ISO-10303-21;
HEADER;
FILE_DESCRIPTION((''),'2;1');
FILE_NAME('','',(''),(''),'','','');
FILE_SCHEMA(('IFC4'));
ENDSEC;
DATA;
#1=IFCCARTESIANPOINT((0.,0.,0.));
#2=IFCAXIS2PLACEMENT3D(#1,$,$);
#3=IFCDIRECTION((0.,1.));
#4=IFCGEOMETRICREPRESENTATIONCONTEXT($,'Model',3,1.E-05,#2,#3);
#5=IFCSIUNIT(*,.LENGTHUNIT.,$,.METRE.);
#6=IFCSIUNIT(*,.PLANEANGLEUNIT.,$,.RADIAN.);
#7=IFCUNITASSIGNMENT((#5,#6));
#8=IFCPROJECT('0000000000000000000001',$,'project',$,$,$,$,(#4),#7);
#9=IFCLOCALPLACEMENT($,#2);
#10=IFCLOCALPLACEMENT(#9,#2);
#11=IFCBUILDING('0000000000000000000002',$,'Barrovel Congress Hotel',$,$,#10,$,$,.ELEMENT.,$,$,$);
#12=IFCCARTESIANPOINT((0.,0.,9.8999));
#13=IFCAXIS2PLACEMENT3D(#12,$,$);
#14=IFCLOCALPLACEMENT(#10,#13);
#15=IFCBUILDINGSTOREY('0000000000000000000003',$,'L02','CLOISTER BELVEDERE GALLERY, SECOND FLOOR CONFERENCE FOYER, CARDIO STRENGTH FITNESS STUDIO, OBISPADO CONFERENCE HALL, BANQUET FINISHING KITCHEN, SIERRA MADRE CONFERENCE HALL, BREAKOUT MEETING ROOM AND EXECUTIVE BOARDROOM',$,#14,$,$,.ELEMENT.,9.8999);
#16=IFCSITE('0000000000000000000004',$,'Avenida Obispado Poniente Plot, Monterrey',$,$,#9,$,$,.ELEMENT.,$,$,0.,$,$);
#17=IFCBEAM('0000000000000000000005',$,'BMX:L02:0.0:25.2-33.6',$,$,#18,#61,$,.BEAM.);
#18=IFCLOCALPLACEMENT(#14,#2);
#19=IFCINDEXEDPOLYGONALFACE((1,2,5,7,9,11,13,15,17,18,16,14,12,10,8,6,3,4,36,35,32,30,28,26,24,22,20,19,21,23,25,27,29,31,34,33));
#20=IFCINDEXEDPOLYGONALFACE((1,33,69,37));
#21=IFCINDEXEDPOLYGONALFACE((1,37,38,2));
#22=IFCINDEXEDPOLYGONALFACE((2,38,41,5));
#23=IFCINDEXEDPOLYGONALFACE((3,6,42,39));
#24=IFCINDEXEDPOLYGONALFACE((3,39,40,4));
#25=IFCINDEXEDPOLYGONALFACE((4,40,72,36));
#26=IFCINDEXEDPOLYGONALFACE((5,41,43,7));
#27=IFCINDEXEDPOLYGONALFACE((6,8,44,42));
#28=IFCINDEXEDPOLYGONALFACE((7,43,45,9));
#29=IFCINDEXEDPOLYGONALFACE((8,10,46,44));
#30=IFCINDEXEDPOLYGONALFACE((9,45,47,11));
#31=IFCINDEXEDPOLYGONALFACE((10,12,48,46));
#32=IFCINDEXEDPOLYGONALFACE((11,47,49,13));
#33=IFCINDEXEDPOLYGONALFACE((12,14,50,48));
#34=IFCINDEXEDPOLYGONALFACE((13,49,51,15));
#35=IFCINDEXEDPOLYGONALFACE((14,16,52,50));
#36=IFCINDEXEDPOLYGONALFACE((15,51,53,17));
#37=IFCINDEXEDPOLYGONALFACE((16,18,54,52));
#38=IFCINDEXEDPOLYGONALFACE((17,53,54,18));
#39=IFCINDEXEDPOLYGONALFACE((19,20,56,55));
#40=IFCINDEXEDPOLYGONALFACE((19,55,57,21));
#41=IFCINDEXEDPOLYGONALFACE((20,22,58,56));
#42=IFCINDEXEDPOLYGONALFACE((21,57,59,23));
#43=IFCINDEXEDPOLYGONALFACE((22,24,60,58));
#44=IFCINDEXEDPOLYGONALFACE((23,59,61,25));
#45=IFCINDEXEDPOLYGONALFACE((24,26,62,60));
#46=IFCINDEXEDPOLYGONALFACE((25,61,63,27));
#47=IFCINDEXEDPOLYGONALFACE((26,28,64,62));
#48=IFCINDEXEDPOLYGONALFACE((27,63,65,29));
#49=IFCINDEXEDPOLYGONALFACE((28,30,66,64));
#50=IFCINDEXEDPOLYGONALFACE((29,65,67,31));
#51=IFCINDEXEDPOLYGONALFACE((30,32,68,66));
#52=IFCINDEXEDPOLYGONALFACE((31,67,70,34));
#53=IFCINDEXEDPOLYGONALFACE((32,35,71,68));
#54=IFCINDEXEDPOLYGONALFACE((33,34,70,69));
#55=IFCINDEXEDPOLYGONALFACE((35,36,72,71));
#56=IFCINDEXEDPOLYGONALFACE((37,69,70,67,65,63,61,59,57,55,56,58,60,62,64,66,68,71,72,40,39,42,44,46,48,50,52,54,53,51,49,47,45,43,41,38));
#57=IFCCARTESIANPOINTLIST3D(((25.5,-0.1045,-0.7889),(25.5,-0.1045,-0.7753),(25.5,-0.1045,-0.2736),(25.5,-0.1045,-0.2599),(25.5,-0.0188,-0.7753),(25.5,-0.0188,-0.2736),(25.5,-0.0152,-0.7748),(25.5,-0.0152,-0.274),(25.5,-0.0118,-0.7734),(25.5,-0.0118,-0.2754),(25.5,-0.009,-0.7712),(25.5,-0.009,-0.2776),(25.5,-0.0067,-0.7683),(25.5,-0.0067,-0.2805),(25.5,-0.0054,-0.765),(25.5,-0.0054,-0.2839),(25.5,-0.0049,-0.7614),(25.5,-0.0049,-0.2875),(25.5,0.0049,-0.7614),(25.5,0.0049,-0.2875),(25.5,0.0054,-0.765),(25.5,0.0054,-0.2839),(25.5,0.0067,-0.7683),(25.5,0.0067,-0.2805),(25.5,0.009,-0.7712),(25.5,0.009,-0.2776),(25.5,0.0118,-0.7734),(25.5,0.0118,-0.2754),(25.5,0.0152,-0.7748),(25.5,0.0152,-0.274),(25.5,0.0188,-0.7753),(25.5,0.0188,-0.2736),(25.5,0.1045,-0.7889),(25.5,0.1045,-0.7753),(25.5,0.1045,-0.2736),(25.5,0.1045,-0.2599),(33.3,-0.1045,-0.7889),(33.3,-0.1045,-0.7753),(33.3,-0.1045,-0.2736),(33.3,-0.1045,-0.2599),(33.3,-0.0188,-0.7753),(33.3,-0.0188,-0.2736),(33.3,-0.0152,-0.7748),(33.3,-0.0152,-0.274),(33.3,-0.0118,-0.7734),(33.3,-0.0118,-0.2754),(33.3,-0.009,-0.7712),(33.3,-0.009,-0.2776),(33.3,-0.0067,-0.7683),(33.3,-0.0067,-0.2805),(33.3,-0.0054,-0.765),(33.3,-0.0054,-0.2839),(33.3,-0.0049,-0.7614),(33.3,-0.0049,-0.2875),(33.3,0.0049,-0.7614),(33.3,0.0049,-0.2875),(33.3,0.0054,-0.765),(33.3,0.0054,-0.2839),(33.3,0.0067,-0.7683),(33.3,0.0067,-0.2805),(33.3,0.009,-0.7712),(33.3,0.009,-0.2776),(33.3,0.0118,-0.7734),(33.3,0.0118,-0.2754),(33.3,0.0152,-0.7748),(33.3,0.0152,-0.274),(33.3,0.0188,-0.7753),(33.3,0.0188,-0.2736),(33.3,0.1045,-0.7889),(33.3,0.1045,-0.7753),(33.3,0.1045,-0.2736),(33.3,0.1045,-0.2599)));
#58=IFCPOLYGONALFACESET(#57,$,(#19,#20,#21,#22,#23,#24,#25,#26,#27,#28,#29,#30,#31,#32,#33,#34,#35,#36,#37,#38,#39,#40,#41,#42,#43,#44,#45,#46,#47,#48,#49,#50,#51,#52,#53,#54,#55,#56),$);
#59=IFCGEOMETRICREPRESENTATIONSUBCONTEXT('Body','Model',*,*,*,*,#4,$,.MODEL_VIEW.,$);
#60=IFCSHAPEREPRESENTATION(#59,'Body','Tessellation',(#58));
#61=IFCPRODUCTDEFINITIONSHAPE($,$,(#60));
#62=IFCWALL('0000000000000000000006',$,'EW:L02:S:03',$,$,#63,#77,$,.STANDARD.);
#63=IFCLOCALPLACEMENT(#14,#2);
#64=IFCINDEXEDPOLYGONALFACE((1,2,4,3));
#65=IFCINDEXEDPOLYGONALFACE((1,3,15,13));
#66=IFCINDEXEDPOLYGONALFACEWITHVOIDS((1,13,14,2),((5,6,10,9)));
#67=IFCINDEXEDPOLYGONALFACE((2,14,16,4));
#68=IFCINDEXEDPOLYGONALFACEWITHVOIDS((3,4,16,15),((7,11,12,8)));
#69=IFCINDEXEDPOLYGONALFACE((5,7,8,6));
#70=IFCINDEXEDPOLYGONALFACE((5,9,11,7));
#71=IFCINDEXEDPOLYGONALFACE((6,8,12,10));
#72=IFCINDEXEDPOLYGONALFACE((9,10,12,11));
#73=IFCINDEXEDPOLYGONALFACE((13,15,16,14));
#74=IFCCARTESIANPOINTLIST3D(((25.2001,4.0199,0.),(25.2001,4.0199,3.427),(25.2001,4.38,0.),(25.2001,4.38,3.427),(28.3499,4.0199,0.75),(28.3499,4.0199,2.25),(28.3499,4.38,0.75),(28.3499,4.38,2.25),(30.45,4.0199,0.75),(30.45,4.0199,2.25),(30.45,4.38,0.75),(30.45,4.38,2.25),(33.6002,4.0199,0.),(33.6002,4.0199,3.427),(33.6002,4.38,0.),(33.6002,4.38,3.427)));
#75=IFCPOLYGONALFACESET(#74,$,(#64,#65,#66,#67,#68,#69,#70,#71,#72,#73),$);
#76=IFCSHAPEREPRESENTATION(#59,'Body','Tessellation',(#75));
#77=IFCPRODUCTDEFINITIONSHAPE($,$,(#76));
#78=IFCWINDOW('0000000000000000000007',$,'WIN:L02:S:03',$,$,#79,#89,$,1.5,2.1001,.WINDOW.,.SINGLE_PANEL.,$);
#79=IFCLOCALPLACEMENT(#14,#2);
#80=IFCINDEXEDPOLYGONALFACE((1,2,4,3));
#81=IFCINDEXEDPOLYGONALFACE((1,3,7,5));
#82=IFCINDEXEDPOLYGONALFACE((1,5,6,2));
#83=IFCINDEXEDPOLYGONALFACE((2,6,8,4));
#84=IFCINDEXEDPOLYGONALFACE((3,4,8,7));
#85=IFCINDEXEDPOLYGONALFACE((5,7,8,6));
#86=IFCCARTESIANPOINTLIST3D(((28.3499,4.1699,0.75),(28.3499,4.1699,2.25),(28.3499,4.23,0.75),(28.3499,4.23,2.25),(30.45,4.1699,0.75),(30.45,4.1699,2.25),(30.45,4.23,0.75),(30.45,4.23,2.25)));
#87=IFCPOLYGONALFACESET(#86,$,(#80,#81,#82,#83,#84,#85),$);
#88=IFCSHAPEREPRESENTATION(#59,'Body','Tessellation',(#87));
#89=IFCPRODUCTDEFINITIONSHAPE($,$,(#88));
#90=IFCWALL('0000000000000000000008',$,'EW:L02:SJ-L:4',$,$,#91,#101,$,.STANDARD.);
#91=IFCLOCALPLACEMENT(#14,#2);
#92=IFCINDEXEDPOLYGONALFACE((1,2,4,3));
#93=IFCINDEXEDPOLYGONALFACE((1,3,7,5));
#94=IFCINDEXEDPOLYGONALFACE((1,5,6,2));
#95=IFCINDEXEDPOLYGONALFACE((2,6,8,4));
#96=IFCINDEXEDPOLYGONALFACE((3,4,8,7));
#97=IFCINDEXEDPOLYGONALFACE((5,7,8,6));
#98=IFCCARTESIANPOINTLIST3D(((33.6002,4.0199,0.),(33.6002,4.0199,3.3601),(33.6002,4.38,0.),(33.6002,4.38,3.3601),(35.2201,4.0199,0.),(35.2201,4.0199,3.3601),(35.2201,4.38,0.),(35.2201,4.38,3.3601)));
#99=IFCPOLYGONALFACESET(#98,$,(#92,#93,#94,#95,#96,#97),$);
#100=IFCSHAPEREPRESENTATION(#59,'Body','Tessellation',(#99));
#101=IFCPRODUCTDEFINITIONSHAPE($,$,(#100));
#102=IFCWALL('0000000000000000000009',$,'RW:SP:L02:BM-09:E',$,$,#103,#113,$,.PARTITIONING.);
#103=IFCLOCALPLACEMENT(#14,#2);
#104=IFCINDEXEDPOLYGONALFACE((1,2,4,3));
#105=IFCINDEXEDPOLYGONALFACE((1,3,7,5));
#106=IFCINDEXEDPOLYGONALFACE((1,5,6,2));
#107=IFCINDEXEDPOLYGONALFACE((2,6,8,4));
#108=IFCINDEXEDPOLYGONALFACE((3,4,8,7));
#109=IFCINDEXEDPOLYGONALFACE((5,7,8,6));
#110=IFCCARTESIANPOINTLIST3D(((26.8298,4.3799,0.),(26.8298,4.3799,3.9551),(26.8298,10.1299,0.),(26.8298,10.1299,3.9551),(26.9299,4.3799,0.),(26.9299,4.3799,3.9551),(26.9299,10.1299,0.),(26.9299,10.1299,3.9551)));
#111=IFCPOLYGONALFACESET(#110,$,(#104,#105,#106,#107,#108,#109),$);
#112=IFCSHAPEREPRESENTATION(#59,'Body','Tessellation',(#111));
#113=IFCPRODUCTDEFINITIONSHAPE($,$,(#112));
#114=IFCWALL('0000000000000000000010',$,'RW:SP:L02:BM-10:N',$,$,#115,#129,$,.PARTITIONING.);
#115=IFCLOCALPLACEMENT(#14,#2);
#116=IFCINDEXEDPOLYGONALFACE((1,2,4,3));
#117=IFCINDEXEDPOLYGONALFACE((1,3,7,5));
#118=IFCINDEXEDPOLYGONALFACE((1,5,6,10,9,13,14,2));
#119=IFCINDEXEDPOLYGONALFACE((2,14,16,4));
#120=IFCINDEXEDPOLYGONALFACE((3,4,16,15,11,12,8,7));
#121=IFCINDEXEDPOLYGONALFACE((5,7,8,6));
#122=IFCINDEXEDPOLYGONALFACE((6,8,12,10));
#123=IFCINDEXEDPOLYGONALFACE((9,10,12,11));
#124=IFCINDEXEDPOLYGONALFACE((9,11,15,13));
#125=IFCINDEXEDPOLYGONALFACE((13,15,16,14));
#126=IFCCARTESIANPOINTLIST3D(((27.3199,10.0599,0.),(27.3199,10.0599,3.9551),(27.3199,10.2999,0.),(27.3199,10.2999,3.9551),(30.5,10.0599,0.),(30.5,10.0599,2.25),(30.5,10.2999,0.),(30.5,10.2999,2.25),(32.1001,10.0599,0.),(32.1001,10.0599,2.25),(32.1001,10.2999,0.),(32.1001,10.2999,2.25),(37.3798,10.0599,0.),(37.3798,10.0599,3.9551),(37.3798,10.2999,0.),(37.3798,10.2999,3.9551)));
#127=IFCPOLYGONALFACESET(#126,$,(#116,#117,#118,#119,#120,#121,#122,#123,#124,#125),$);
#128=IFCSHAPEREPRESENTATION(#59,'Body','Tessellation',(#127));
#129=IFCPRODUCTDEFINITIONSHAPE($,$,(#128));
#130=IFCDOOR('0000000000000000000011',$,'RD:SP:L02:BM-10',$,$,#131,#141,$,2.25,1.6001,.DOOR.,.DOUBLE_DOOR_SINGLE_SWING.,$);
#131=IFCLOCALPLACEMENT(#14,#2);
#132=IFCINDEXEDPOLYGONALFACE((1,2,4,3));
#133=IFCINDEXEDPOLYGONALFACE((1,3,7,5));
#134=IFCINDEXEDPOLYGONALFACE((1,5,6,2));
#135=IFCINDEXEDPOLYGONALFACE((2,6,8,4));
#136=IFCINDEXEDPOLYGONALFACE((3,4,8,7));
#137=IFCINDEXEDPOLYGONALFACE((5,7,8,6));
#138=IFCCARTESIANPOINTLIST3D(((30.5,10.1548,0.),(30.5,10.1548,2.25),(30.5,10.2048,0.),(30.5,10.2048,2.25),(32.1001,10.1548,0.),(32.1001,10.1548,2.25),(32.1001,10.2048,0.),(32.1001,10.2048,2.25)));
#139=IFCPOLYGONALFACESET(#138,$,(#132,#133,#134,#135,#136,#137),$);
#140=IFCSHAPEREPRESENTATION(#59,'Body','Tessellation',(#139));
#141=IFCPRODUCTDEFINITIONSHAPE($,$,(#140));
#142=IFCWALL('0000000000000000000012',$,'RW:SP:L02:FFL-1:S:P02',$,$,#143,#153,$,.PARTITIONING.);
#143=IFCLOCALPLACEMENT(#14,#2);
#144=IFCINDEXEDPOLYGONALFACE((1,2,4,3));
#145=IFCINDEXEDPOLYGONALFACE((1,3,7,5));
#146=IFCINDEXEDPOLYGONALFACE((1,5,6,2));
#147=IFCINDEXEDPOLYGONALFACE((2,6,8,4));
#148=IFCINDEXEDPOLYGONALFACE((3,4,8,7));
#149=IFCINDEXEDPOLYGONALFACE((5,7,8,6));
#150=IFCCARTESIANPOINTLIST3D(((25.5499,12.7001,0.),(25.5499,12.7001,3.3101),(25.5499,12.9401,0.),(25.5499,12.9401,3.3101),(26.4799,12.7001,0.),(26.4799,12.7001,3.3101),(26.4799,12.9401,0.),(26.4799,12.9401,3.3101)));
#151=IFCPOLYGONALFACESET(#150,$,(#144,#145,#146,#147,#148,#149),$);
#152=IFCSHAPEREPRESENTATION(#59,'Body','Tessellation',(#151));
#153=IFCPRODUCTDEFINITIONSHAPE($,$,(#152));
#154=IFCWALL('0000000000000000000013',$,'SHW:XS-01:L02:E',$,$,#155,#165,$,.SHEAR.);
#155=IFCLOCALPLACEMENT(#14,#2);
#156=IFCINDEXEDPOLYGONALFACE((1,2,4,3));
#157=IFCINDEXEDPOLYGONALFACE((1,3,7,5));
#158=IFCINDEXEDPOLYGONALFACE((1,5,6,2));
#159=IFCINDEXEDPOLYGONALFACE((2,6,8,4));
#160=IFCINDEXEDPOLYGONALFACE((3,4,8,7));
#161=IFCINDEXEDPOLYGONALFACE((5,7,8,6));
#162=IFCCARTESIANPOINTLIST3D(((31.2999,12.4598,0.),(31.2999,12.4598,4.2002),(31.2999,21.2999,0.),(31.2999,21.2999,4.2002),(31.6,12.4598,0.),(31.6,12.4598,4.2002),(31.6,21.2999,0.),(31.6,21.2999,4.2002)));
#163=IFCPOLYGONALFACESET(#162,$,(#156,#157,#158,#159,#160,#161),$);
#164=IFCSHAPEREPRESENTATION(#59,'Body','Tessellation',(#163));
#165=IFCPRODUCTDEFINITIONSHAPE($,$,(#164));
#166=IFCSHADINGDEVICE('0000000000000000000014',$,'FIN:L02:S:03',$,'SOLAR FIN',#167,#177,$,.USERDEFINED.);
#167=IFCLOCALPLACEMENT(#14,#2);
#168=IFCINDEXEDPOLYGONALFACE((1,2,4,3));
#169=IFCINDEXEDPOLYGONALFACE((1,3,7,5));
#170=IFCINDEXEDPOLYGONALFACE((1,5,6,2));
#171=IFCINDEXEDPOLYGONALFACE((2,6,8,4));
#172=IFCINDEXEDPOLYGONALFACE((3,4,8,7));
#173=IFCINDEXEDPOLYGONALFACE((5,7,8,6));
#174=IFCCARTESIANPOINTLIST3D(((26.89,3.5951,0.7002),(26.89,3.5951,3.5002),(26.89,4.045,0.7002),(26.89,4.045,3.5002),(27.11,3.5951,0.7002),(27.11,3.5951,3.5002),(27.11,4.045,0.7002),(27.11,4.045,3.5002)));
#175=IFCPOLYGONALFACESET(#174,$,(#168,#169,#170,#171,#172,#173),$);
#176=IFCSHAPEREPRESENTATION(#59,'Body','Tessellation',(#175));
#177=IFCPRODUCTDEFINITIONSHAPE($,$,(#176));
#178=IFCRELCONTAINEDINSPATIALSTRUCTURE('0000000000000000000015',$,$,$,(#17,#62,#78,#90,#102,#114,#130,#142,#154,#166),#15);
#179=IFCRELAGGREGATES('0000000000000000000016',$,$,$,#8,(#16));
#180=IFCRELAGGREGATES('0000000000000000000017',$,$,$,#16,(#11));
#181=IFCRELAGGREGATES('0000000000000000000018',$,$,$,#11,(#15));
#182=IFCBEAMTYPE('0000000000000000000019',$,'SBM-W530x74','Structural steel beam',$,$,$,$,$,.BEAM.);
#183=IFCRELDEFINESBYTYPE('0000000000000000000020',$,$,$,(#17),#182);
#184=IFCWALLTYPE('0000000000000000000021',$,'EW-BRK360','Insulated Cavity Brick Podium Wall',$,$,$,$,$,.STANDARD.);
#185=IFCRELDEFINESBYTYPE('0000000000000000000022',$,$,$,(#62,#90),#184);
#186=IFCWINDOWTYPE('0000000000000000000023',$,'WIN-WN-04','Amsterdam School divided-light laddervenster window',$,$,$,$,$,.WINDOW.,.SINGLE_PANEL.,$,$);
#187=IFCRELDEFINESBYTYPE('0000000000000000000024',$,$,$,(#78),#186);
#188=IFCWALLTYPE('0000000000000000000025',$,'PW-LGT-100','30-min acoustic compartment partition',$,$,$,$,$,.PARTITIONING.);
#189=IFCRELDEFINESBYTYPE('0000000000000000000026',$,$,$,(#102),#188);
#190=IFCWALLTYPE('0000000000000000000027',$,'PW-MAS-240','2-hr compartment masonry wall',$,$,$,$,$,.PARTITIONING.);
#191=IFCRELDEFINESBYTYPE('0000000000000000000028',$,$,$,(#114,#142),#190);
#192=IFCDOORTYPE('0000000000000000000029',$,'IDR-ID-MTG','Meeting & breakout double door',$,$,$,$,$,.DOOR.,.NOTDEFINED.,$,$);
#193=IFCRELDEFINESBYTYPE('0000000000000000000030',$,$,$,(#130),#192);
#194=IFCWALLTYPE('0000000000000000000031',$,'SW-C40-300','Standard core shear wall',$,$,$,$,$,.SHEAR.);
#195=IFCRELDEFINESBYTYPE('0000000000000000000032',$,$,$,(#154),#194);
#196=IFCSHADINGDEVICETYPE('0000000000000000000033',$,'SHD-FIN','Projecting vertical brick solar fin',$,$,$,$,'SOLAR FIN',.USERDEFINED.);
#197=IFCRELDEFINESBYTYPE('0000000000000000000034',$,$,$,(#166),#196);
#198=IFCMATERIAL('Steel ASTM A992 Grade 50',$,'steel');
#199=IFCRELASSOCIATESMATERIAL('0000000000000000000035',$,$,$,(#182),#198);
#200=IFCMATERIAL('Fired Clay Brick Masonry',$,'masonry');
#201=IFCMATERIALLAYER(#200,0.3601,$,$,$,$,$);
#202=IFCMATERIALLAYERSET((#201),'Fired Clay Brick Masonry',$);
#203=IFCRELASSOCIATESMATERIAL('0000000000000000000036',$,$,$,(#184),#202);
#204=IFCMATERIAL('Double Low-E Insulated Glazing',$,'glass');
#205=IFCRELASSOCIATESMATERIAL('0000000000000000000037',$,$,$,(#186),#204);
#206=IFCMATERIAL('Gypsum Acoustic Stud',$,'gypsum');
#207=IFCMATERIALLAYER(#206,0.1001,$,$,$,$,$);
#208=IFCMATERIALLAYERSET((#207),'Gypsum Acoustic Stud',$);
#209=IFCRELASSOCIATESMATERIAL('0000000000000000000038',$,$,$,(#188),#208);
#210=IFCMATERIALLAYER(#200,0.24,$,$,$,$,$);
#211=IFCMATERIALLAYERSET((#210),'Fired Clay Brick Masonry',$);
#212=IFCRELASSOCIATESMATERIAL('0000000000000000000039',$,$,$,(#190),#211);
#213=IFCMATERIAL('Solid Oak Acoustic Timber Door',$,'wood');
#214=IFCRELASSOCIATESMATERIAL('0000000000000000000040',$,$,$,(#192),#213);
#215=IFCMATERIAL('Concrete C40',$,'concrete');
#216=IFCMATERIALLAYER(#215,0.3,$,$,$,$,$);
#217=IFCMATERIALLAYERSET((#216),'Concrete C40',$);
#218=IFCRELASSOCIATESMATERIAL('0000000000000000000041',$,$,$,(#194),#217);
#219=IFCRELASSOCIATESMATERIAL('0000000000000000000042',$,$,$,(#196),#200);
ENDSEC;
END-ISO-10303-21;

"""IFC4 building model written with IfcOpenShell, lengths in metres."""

from ifc_helpers import new_model, si_unit, direction, frame, frame_2d, origin, origin_2d, place, context, subcontext, project, spatial, rectangle, i_section, extrude, material, layer, layer_set, material_profile, profile_set, type_object, element, fill, save


model = new_model("IFC4")

# Units and contexts
model_context = context("Model", 3, precision=1e-05, world=origin(), true_north=direction((0.0, 1.0)))
body_context = subcontext(model_context, "Body", "Model", "MODEL_VIEW")
ifc_project = project(units=[si_unit("LENGTHUNIT", "METRE"), si_unit("PLANEANGLEUNIT", "RADIAN")], contexts=[model_context])

# Site, building, storey
site_placement = place(None, origin())
site = spatial("IfcSite", under=ifc_project, at=site_placement, Name="Avenida Obispado Poniente Plot, Monterrey", CompositionType="ELEMENT", RefElevation=0.0)
building_placement = place(site_placement, origin())
building = spatial("IfcBuilding", under=site, at=building_placement, Name="Barrovel Congress Hotel", CompositionType="ELEMENT")
storey_placement = place(building_placement, frame((0.0, 0.0, 9.8999)))
storey = spatial("IfcBuildingStorey", under=building, at=storey_placement, Name="L02", Description="CLOISTER BELVEDERE GALLERY, SECOND FLOOR CONFERENCE FOYER, CARDIO STRENGTH FITNESS STUDIO, OBISPADO CONFERENCE HALL, BANQUET FINISHING KITCHEN, SIERRA MADRE CONFERENCE HALL, BREAKOUT MEETING ROOM AND EXECUTIVE BOARDROOM", CompositionType="ELEMENT", Elevation=9.8999)

# Shared definitions
ifc_material_1 = material(Name="Concrete C40", Category="concrete")

# Beam
ifc_material_2 = material(Name="Steel ASTM A992 Grade 50", Category="steel")
ifc_material_profile_1 = material_profile(ifc_material_2, i_section(OverallWidth=0.209, OverallDepth=0.5291, WebThickness=0.0098, FlangeThickness=0.0137, FilletRadius=0.0139, at=origin_2d()), Name="W530x74")
ifc_profile_set_1 = profile_set([ifc_material_profile_1], Name="Steel ASTM A992 Grade 50")
beam_type_1 = type_object("IfcBeamType", Name="SBM-W530x74", Description="Structural steel beam", PredefinedType="BEAM", material=ifc_profile_set_1)
beam_1_placement = place(storey_placement, frame((25.5, 0.0, -0.5244), z_axis=(1.0, 0.0, 0.0), x_axis=(0.0, 1.0, 0.0)))
element("IfcBeam", 1, at=beam_1_placement, inside=storey, type_object=beam_type_1, Name="BMX:L02:0.0:25.2-33.6", PredefinedType="BEAM", context=body_context, shape_type="SweptSolid", body=[
    extrude(i_section(OverallWidth=0.209, OverallDepth=0.5291, WebThickness=0.0098, FlangeThickness=0.0137, FilletRadius=0.0139, at=origin_2d()), origin(), (0.0, 0.0, 1.0), 7.8),
])

# Wall, opening, window
ifc_material_3 = material(Name="Fired Clay Brick Masonry", Category="masonry")
ifc_layer_1 = layer(ifc_material_3, 0.3601)
ifc_layer_set_1 = layer_set([ifc_layer_1], Name="Fired Clay Brick Masonry")
wall_type_1 = type_object("IfcWallType", Name="EW-BRK360", Description="Insulated Cavity Brick Podium Wall", PredefinedType="STANDARD", material=ifc_layer_set_1)
wall_1_placement = place(storey_placement, frame((25.2, 4.2, 0.0), z_axis=(0.0, 0.0, 1.0), x_axis=(1.0, 0.0, 0.0)))
wall_1 = element("IfcWall", 2, at=wall_1_placement, inside=storey, type_object=wall_type_1, Name="EW:L02:S:03", PredefinedType="STANDARD", context=body_context, shape_type="SweptSolid", body=[
    extrude(rectangle(XDim=8.4001, YDim=0.3601, at=frame_2d((4.2002, 0.0))), origin(), (0.0, 0.0, 1.0), 3.427),
])
opening_1_placement = place(wall_1_placement, frame((3.1499, 0.0, 0.75)))
opening_1 = element("IfcOpeningElement", 3, at=opening_1_placement, cuts=wall_1, PredefinedType="OPENING", context=body_context, shape_type="SweptSolid", body=[
    extrude(rectangle(XDim=2.1001, YDim=1.5, at=frame_2d((1.05, 0.75))), frame((0.0, 0.1899, 0.0), z_axis=(0.0, -1.0, 0.0), x_axis=(1.0, 0.0, 0.0)), (0.0, 0.0, 1.0), 0.3801),
])
ifc_material_4 = material(Name="Double Low-E Insulated Glazing", Category="glass")
window_type = type_object("IfcWindowType", Name="WIN-WN-04", Description="Amsterdam School divided-light laddervenster window", PartitioningType="SINGLE_PANEL", PredefinedType="WINDOW", material=ifc_material_4)
window_placement = place(opening_1_placement, origin())
window = element("IfcWindow", 4, at=window_placement, inside=storey, type_object=window_type, Name="WIN:L02:S:03", OverallHeight=1.5, OverallWidth=2.1001, PartitioningType="SINGLE_PANEL", PredefinedType="WINDOW", context=body_context, shape_type="SweptSolid", body=[
    extrude(rectangle(XDim=2.1001, YDim=1.5, at=frame_2d((1.05, 0.75))), frame((0.0, 0.03, 0.0), z_axis=(0.0, -1.0, 0.0), x_axis=(1.0, 0.0, 0.0)), (0.0, 0.0, 1.0), 0.0601),
])
fill(opening_1, window)

# Walls
wall_2_placement = place(storey_placement, frame((33.6001, 4.2, 0.0), z_axis=(0.0, 0.0, 1.0), x_axis=(1.0, 0.0, 0.0)))
element("IfcWall", 5, at=wall_2_placement, inside=storey, type_object=wall_type_1, Name="EW:L02:SJ-L:4", PredefinedType="STANDARD", context=body_context, shape_type="SweptSolid", body=[
    extrude(rectangle(XDim=1.6199, YDim=0.3601, at=frame_2d((0.8101, 0.0))), origin(), (0.0, 0.0, 1.0), 3.3601),
])
ifc_material_5 = material(Name="Gypsum Acoustic Stud", Category="gypsum")
ifc_layer_2 = layer(ifc_material_5, 0.1001)
ifc_layer_set_2 = layer_set([ifc_layer_2], Name="Gypsum Acoustic Stud")
wall_type_2 = type_object("IfcWallType", Name="PW-LGT-100", Description="30-min acoustic compartment partition", PredefinedType="PARTITIONING", material=ifc_layer_set_2)
wall_3_placement = place(storey_placement, frame((26.8799, 4.3799, 0.0), z_axis=(0.0, 0.0, 1.0), x_axis=(0.0, 1.0, 0.0)))
element("IfcWall", 6, at=wall_3_placement, inside=storey, type_object=wall_type_2, Name="RW:SP:L02:BM-09:E", PredefinedType="PARTITIONING", context=body_context, shape_type="SweptSolid", body=[
    extrude(rectangle(XDim=5.75, YDim=0.1001, at=frame_2d((2.875, 0.0))), origin(), (0.0, 0.0, 1.0), 3.9551),
])

# Wall, opening, door
ifc_layer_3 = layer(ifc_material_3, 0.24)
ifc_layer_set_3 = layer_set([ifc_layer_3], Name="Fired Clay Brick Masonry")
wall_type_3 = type_object("IfcWallType", Name="PW-MAS-240", Description="2-hr compartment masonry wall", PredefinedType="PARTITIONING", material=ifc_layer_set_3)
wall_4_placement = place(storey_placement, frame((27.3201, 10.1799, 0.0), z_axis=(0.0, 0.0, 1.0), x_axis=(1.0, 0.0, 0.0)))
wall_4 = element("IfcWall", 7, at=wall_4_placement, inside=storey, type_object=wall_type_3, Name="RW:SP:L02:BM-10:N", PredefinedType="PARTITIONING", context=body_context, shape_type="SweptSolid", body=[
    extrude(rectangle(XDim=10.0598, YDim=0.24, at=frame_2d((5.0298, 0.0))), origin(), (0.0, 0.0, 1.0), 3.9551),
])
opening_2_placement = place(wall_4_placement, frame((3.1799, 0.0, 0.0)))
opening_2 = element("IfcOpeningElement", 8, at=opening_2_placement, cuts=wall_4, PredefinedType="OPENING", context=body_context, shape_type="SweptSolid", body=[
    extrude(rectangle(XDim=1.6001, YDim=2.25, at=frame_2d((0.8, 1.125))), frame((0.0, 0.1299, 0.0), z_axis=(0.0, -1.0, 0.0), x_axis=(1.0, 0.0, 0.0)), (0.0, 0.0, 1.0), 0.26),
])
ifc_material_6 = material(Name="Solid Oak Acoustic Timber Door", Category="wood")
door_type_1 = type_object("IfcDoorType", Name="IDR-ID-MTG", Description="Meeting & breakout double door", OperationType="NOTDEFINED", PredefinedType="DOOR", material=ifc_material_6)
door_1_placement = place(opening_2_placement, origin())
door_1 = element("IfcDoor", 9, at=door_1_placement, inside=storey, type_object=door_type_1, Name="RD:SP:L02:BM-10", OperationType="DOUBLE_DOOR_SINGLE_SWING", OverallHeight=2.25, OverallWidth=1.6001, PredefinedType="DOOR", context=body_context, shape_type="SweptSolid", body=[
    extrude(rectangle(XDim=1.6001, YDim=2.25, at=frame_2d((0.8, 1.125))), frame((0.0, 0.0249, 0.0), z_axis=(0.0, -1.0, 0.0), x_axis=(1.0, 0.0, 0.0)), (0.0, 0.0, 1.0), 0.05),
])
fill(opening_2, door_1)

# Wall
wall_5_placement = place(storey_placement, frame((25.55, 12.8201, 0.0), z_axis=(0.0, 0.0, 1.0), x_axis=(1.0, 0.0, 0.0)))
element("IfcWall", 10, at=wall_5_placement, inside=storey, type_object=wall_type_3, Name="RW:SP:L02:FFL-1:S:P02", PredefinedType="PARTITIONING", context=body_context, shape_type="SweptSolid", body=[
    extrude(rectangle(XDim=0.9299, YDim=0.24, at=frame_2d((0.4648, 0.0))), origin(), (0.0, 0.0, 1.0), 3.3101),
])

# Shared definitions
ifc_layer_4 = layer(ifc_material_1, 0.3)
ifc_layer_set_4 = layer_set([ifc_layer_4], Name="Concrete C40")
wall_type_4 = type_object("IfcWallType", Name="SW-C40-300", Description="Standard core shear wall", PredefinedType="SHEAR", material=ifc_layer_set_4)

# Wall
wall_6_placement = place(storey_placement, frame((31.45, 12.46, 0.0), z_axis=(0.0, 0.0, 1.0), x_axis=(0.0, 1.0, 0.0)))
element("IfcWall", 11, at=wall_6_placement, inside=storey, type_object=wall_type_4, Name="SHW:XS-01:L02:E", PredefinedType="SHEAR", context=body_context, shape_type="SweptSolid", body=[
    extrude(rectangle(XDim=8.8401, YDim=0.3, at=frame_2d((4.4199, 0.0))), origin(), (0.0, 0.0, 1.0), 4.2002),
])

# Shading device
shading_device_type = type_object("IfcShadingDeviceType", Name="SHD-FIN", Description="Projecting vertical brick solar fin", ElementType="SOLAR FIN", PredefinedType="USERDEFINED", material=ifc_material_3)
shading_device_placement = place(storey_placement, frame((27.0, 3.8201, 0.7002), z_axis=(0.0, 0.0, 1.0), x_axis=(1.0, 0.0, 0.0)))
element("IfcShadingDevice", 12, at=shading_device_placement, inside=storey, type_object=shading_device_type, Name="FIN:L02:S:03", ObjectType="SOLAR FIN", PredefinedType="USERDEFINED", context=body_context, shape_type="SweptSolid", body=[
    extrude(rectangle(XDim=0.22, YDim=0.45, at=origin_2d()), origin(), (0.0, 0.0, 1.0), 2.8),
])

save(model, "model.ifc")
